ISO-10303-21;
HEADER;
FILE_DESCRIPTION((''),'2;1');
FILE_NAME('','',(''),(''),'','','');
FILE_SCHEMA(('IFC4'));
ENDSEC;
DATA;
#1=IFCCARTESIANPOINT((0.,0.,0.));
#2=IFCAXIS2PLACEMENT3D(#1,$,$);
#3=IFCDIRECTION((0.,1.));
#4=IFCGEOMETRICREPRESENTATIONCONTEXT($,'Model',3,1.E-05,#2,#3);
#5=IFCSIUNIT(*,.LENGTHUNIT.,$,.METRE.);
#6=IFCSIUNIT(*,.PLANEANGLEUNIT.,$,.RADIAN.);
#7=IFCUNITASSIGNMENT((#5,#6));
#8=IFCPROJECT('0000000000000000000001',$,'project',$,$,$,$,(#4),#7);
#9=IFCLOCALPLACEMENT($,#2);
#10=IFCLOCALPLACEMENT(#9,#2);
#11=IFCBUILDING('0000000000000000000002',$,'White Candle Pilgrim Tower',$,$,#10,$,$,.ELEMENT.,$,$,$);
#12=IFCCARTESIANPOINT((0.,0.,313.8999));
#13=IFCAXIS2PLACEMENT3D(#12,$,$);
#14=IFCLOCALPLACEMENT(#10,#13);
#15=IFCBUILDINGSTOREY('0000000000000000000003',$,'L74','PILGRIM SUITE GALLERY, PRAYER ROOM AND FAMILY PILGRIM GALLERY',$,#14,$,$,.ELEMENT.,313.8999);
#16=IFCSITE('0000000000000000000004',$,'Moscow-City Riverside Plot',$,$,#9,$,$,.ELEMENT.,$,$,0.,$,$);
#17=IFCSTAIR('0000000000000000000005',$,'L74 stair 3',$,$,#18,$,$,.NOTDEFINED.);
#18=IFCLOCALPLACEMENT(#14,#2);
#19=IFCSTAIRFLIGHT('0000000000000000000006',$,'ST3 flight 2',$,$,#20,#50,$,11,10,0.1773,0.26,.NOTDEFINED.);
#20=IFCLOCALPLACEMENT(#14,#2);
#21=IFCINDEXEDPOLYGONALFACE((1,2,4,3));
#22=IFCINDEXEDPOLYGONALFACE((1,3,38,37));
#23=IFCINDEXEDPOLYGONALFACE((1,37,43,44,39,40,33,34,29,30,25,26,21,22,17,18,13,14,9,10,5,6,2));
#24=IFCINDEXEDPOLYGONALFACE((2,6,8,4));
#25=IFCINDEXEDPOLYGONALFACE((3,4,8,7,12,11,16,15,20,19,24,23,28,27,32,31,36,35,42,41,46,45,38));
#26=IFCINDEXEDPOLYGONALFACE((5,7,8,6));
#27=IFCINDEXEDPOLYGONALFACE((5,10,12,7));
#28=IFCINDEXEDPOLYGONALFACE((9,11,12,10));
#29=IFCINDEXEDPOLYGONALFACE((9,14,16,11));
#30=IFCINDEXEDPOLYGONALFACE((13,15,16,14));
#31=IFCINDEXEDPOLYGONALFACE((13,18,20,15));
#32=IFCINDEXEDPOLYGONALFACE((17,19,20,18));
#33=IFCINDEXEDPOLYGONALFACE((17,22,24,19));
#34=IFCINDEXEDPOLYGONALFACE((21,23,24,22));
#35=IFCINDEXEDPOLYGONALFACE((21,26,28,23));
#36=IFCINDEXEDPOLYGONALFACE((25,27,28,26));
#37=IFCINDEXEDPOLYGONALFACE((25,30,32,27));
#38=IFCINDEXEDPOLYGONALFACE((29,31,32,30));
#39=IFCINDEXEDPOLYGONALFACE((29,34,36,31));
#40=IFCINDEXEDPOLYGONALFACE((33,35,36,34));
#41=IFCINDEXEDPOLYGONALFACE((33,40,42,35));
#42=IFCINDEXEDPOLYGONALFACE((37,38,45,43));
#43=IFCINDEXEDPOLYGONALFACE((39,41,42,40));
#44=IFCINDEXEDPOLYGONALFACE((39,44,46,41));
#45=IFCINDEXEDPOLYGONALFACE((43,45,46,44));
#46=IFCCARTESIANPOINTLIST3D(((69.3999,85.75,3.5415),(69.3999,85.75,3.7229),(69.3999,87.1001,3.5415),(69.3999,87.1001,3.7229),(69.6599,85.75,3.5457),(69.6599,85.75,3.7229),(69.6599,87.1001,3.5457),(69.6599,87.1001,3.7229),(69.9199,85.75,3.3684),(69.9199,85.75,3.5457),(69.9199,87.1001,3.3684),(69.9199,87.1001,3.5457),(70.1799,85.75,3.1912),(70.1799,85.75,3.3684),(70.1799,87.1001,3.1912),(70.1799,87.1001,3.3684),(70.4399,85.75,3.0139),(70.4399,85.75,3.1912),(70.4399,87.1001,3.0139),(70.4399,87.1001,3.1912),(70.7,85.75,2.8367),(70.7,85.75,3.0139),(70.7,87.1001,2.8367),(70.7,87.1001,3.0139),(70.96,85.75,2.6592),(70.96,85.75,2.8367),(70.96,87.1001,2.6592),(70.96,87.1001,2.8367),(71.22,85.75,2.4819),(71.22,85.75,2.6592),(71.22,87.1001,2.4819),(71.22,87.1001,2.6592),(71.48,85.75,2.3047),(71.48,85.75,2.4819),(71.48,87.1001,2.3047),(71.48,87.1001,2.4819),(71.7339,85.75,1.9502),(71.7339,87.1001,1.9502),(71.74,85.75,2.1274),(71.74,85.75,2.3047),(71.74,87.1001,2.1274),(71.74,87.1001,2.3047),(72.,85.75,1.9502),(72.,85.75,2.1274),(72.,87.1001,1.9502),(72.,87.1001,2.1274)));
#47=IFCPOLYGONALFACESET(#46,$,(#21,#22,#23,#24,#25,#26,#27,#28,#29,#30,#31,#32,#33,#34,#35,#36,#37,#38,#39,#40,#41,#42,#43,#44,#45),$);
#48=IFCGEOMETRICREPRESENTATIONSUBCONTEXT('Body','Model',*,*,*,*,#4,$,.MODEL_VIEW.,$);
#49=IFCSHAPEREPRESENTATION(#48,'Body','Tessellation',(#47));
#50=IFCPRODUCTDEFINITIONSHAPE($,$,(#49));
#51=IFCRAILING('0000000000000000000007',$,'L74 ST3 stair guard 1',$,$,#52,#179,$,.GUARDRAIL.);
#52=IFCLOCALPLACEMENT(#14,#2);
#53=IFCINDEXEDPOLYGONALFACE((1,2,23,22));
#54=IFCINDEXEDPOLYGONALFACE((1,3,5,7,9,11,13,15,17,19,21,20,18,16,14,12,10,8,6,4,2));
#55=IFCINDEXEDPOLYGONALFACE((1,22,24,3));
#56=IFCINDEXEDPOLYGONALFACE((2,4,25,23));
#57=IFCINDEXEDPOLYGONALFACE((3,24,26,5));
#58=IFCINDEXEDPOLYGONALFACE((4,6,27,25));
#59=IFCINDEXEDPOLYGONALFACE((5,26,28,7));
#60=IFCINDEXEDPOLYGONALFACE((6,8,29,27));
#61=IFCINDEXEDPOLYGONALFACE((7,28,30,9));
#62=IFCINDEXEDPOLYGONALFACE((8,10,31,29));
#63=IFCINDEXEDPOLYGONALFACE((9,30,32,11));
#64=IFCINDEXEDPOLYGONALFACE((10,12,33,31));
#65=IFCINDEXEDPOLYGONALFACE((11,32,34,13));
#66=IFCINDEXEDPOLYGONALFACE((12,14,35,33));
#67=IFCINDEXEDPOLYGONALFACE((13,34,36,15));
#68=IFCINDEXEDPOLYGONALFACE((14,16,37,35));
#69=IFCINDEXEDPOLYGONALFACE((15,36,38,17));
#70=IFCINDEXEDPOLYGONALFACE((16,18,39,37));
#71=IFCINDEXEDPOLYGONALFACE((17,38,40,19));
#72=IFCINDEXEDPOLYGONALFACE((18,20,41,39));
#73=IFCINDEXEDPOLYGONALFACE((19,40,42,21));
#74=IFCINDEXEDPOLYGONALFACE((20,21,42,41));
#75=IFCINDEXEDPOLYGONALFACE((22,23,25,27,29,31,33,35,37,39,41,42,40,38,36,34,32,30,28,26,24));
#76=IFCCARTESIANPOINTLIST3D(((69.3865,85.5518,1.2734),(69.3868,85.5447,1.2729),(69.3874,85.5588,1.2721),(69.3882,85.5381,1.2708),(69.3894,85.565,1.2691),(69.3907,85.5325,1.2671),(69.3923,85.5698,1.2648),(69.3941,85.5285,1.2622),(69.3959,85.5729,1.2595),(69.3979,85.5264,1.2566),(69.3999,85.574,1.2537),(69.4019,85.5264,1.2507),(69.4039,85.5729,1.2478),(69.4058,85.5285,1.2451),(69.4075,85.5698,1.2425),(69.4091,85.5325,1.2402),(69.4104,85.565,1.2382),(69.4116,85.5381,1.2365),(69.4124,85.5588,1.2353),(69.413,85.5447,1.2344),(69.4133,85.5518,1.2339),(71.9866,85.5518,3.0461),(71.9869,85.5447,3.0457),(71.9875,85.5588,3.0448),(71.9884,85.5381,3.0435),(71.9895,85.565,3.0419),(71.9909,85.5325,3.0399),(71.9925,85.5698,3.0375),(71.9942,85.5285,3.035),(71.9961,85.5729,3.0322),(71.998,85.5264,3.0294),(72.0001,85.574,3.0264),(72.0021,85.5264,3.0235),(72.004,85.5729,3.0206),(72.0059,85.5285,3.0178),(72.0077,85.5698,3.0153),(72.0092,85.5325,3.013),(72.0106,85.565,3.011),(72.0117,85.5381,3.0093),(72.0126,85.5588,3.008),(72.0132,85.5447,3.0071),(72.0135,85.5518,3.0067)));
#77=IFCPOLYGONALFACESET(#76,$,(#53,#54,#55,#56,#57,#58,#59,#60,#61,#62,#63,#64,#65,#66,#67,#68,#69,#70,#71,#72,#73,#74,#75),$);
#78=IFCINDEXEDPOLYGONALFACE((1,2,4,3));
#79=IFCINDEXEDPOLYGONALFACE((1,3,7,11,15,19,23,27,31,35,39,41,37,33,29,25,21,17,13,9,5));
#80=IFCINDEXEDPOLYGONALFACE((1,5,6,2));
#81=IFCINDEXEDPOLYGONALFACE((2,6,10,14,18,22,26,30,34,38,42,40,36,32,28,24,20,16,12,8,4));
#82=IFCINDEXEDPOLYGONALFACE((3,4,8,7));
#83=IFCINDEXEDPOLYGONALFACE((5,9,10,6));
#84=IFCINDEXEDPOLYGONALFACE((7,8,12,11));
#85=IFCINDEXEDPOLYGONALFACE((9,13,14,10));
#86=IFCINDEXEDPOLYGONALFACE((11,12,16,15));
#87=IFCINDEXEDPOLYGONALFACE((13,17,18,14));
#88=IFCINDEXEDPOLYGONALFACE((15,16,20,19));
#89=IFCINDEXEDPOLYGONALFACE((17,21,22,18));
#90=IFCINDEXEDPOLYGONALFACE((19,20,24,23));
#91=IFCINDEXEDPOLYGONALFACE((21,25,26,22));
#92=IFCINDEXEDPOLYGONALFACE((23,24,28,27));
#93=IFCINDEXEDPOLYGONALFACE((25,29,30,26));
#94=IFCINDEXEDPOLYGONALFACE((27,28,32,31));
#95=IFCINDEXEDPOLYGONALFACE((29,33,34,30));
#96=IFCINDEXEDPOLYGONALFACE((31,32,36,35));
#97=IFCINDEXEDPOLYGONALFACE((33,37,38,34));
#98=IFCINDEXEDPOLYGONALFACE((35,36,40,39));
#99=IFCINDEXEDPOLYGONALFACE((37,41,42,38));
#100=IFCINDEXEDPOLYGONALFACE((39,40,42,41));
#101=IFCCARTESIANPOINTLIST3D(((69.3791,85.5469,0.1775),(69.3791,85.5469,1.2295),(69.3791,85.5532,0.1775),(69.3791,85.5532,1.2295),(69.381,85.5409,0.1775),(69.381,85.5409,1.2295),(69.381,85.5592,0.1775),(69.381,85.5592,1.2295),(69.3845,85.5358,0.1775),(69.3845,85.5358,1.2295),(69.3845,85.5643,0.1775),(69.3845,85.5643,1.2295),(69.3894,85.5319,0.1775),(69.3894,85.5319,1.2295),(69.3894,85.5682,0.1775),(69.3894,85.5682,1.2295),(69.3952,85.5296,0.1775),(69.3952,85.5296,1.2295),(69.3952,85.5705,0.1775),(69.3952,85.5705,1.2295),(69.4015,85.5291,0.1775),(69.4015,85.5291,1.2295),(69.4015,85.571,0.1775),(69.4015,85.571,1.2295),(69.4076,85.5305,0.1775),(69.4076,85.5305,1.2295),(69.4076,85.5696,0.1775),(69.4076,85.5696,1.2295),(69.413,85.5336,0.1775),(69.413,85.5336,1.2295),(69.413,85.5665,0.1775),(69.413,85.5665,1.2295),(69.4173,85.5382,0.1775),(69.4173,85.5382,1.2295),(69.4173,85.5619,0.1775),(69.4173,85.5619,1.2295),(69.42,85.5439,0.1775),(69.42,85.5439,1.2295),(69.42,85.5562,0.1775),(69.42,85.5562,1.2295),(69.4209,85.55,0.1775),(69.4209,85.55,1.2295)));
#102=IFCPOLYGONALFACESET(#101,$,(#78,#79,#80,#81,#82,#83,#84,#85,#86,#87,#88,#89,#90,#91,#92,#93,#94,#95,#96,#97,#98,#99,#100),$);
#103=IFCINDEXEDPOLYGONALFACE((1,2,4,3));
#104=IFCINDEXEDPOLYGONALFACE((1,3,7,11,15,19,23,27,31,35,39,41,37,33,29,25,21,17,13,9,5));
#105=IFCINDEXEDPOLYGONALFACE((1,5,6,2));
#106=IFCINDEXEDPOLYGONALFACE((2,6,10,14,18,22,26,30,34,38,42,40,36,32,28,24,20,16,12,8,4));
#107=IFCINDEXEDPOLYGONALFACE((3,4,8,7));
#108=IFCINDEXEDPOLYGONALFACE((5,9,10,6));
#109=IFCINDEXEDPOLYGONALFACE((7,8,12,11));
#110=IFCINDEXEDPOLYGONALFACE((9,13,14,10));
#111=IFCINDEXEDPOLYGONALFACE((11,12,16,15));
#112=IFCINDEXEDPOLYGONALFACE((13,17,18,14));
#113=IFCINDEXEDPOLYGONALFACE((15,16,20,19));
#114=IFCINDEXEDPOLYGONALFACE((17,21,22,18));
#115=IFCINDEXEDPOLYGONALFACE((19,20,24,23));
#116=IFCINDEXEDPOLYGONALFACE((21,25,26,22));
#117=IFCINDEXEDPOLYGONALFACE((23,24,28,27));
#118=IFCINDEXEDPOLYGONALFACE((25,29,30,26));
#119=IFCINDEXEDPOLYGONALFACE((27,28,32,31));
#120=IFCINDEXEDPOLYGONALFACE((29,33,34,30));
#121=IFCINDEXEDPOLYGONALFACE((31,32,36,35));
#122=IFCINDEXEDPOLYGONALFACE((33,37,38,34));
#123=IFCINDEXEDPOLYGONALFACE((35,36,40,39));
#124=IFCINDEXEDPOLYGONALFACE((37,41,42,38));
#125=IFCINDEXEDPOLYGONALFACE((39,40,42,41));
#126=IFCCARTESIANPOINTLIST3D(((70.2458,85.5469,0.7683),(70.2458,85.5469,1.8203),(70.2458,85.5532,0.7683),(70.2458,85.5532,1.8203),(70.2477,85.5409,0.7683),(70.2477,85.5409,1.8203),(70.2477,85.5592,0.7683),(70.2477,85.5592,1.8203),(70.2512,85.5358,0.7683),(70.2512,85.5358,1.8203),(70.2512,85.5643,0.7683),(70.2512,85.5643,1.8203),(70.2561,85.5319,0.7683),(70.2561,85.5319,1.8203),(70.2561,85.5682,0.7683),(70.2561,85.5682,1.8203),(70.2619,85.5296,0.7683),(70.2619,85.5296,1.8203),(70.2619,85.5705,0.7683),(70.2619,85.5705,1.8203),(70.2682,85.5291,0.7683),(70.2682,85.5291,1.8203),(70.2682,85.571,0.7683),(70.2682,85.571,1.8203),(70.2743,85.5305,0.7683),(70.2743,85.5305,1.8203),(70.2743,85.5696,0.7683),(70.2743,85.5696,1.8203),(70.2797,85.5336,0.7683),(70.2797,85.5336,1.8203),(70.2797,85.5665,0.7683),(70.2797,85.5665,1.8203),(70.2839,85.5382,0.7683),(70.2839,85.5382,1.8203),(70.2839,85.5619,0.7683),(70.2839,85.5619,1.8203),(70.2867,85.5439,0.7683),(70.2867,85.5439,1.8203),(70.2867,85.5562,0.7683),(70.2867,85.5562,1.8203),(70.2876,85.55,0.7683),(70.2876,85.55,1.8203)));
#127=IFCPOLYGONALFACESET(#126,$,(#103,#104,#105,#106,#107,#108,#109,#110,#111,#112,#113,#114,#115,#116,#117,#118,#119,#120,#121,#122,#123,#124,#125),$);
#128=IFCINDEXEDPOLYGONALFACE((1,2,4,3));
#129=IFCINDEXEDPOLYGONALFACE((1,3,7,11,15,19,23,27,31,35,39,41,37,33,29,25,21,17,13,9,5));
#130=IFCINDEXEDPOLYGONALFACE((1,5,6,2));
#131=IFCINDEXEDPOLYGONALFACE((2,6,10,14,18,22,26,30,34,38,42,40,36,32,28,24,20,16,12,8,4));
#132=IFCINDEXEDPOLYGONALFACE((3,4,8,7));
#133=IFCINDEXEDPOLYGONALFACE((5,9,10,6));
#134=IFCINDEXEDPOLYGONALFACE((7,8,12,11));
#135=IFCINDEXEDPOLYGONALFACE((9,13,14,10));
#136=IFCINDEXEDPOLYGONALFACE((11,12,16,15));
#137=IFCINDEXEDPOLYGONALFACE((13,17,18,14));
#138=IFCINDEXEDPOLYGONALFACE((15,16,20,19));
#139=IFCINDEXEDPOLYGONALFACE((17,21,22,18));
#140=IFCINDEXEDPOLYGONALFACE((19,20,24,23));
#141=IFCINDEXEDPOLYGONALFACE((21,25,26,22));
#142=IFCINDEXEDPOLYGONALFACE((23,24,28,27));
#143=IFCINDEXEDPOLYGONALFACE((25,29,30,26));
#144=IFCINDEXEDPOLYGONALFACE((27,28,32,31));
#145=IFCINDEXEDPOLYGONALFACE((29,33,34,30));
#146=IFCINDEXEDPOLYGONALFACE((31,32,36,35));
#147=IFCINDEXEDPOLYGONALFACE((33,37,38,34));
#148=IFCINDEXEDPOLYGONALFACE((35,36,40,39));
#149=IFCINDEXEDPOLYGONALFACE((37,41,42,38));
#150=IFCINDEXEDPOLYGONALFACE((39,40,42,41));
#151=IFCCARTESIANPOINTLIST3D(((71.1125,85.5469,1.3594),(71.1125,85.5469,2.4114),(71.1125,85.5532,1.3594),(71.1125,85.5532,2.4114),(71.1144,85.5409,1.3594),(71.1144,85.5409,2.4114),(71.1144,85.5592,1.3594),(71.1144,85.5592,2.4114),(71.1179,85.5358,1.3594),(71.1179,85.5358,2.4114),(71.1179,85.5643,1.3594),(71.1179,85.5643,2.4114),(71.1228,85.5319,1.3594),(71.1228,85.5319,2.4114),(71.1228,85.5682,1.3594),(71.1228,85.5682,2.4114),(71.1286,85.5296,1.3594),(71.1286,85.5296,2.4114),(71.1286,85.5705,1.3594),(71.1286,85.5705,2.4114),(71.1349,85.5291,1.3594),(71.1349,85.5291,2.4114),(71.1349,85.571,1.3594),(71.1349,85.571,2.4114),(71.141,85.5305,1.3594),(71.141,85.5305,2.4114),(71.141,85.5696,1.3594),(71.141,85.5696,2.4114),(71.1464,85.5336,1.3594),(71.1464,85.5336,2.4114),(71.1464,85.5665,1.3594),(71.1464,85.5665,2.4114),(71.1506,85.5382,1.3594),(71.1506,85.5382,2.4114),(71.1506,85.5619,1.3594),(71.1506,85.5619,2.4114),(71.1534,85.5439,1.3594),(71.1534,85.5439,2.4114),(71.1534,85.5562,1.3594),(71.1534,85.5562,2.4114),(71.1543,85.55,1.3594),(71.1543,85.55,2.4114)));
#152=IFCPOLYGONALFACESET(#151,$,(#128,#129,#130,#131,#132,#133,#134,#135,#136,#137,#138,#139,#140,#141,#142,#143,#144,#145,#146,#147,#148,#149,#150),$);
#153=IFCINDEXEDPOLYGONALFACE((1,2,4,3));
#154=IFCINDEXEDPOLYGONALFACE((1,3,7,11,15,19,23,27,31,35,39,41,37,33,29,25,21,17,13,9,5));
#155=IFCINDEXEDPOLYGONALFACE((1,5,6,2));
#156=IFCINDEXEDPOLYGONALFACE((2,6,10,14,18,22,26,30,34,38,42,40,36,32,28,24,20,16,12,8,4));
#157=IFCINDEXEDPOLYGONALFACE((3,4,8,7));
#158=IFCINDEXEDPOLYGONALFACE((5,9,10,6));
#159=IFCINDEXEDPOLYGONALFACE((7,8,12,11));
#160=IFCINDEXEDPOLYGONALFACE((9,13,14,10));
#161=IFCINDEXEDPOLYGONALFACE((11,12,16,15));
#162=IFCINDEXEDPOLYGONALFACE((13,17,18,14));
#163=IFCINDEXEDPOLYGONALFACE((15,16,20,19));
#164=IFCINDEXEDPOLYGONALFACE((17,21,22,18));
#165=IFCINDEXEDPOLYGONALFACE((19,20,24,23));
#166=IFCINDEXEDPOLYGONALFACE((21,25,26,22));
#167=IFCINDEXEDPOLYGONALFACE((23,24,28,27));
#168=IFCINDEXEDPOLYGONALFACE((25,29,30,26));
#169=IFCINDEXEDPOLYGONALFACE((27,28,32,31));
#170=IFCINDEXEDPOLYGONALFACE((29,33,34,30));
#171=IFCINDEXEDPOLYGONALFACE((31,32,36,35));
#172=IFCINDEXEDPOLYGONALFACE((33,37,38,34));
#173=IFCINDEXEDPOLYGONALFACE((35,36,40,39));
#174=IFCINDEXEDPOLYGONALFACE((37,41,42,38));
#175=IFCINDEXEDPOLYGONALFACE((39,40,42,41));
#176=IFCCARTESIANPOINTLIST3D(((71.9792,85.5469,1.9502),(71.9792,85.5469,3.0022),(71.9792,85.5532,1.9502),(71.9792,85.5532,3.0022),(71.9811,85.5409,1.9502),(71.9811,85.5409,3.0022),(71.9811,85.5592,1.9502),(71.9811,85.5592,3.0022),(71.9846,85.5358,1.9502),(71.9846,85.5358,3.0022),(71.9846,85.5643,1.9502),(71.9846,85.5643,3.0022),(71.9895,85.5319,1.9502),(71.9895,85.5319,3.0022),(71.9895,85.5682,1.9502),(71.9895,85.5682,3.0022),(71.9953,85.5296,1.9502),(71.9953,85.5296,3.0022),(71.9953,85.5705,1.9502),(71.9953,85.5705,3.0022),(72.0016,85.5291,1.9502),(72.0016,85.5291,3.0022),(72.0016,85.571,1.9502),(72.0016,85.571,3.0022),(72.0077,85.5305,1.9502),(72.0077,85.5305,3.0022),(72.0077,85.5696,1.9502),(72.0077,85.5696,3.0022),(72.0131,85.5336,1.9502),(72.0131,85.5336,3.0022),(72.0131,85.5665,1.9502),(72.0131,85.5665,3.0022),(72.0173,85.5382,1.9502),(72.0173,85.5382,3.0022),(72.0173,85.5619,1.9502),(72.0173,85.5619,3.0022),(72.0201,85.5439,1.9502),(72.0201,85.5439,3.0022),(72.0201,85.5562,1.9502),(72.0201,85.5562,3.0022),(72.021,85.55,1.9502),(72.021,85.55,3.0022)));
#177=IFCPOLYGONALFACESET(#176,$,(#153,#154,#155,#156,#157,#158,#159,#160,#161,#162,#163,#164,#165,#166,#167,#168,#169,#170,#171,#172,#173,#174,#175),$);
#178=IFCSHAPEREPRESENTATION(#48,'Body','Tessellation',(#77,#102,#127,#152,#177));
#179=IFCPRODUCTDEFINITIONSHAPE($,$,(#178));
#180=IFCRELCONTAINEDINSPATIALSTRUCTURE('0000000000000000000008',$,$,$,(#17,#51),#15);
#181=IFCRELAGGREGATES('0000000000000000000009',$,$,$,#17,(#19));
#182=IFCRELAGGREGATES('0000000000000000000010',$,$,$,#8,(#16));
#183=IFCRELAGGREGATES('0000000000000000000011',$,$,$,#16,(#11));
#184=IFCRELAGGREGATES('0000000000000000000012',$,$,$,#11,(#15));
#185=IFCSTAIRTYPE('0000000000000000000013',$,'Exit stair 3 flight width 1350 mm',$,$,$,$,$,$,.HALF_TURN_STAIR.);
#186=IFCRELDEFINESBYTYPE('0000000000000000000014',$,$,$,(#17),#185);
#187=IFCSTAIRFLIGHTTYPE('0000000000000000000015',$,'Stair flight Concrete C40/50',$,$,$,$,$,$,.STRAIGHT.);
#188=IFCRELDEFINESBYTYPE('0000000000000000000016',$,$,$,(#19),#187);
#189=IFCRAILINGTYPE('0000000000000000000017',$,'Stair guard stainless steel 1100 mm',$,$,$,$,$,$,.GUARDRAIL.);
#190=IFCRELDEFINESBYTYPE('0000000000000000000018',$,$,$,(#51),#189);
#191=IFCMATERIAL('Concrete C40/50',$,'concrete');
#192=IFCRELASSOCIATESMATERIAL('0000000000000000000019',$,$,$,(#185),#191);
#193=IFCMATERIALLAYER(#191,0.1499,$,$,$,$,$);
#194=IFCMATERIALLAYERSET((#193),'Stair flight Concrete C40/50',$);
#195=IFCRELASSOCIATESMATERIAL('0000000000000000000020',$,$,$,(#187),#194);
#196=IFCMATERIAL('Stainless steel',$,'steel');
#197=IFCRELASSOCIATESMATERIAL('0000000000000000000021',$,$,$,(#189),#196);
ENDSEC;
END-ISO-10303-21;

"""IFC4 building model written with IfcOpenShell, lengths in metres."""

from ifc_helpers import new_model, si_unit, direction, frame, origin, origin_2d, place, context, subcontext, project, spatial, polyline, circle, outline, extrude, material, layer, layer_set, type_object, element, aggregate, save


model = new_model("IFC4")

# Units and contexts
model_context = context("Model", 3, precision=1e-05, world=origin(), true_north=direction((0.0, 1.0)))
body_context = subcontext(model_context, "Body", "Model", "MODEL_VIEW")
ifc_project = project(units=[si_unit("LENGTHUNIT", "METRE"), si_unit("PLANEANGLEUNIT", "RADIAN")], contexts=[model_context])

# Site, building, storey
site_placement = place(None, origin())
site = spatial("IfcSite", under=ifc_project, at=site_placement, Name="Moscow-City Riverside Plot", CompositionType="ELEMENT", RefElevation=0.0)
building_placement = place(site_placement, origin())
building = spatial("IfcBuilding", under=site, at=building_placement, Name="White Candle Pilgrim Tower", CompositionType="ELEMENT")
storey_placement = place(building_placement, frame((0.0, 0.0, 313.8999)))
storey = spatial("IfcBuildingStorey", under=building, at=storey_placement, Name="L74", Description="PILGRIM SUITE GALLERY, PRAYER ROOM AND FAMILY PILGRIM GALLERY", CompositionType="ELEMENT", Elevation=313.8999)

# Shared definitions
ifc_material_1 = material(Name="Concrete C40/50", Category="concrete")

# Stair, stair flight
stair_type = type_object("IfcStairType", Name="Exit stair 3 flight width 1350 mm", PredefinedType="HALF_TURN_STAIR", material=ifc_material_1)
stair_placement = place(storey_placement, origin())
stair = element("IfcStair", 1, at=stair_placement, inside=storey, type_object=stair_type, Name="L74 stair 3", PredefinedType="NOTDEFINED")
ifc_layer_1 = layer(ifc_material_1, 0.1499)
ifc_layer_set_1 = layer_set([ifc_layer_1], Name="Stair flight Concrete C40/50")
stair_flight_type = type_object("IfcStairFlightType", Name="Stair flight Concrete C40/50", PredefinedType="STRAIGHT", material=ifc_layer_set_1)
stair_flight_1_placement = place(storey_placement, frame((72.0, 86.425, 1.9502), z_axis=(0.0, 0.0, 1.0), x_axis=(-1.0, 0.0, 0.0)))
stair_flight_1 = element("IfcStairFlight", 2, at=stair_flight_1_placement, type_object=stair_flight_type, Name="ST3 flight 2", NumberOfRisers=11, NumberOfTreads=10, PredefinedType="NOTDEFINED", RiserHeight=0.1773, TreadLength=0.26, context=body_context, shape_type="SweptSolid", body=[
    extrude(outline(polyline([(0.0, 0.0), (0.0, 0.1772), (0.26, 0.1772), (0.26, 0.3545), (0.52, 0.3545), (0.52, 0.5317), (0.78, 0.5317), (0.78, 0.709), (1.04, 0.709), (1.04, 0.8865), (1.3, 0.8865), (1.3, 1.0637), (1.5601, 1.0637), (1.5601, 1.241), (1.8201, 1.241), (1.8201, 1.4182), (2.0801, 1.4182), (2.0801, 1.5955), (2.3401, 1.5955), (2.3401, 1.7727), (2.6001, 1.7727), (2.6001, 1.95), (2.6001, 1.5913), (0.2661, 0.0), (0.0, 0.0)])), frame((0.0, 0.675, 0.0), z_axis=(0.0, -1.0, 0.0), x_axis=(1.0, 0.0, 0.0)), (0.0, 0.0, 1.0), 1.3501),
])
aggregate(stair, [stair_flight_1])

# Railing
ifc_material_2 = material(Name="Stainless steel", Category="steel")
railing_type_1 = type_object("IfcRailingType", Name="Stair guard stainless steel 1100 mm", PredefinedType="GUARDRAIL", material=ifc_material_2)
railing_1_placement = place(storey_placement, frame((69.3999, 85.55, 0.1775)))
element("IfcRailing", 3, at=railing_1_placement, inside=storey, type_object=railing_type_1, Name="L74 ST3 stair guard 1", PredefinedType="GUARDRAIL", context=body_context, shape_type="SweptSolid", body=[
    extrude(circle(Radius=0.0239, at=origin_2d()), frame((0.0, 0.0, 1.0762), z_axis=(0.82624, 0.0, 0.563318), x_axis=(0.0, 1.0, 0.0)), (0.0, 0.0, 1.0), 3.147),
    extrude(circle(Radius=0.021, at=origin_2d()), origin(), (0.0, 0.0, 1.0), 1.052),
    extrude(circle(Radius=0.021, at=origin_2d()), frame((0.8667, 0.0, 0.5908)), (0.0, 0.0, 1.0), 1.052),
    extrude(circle(Radius=0.021, at=origin_2d()), frame((1.7334, 0.0, 1.1819)), (0.0, 0.0, 1.0), 1.052),
    extrude(circle(Radius=0.021, at=origin_2d()), frame((2.6001, 0.0, 1.7727)), (0.0, 0.0, 1.0), 1.052),
])

save(model, "model.ifc")
